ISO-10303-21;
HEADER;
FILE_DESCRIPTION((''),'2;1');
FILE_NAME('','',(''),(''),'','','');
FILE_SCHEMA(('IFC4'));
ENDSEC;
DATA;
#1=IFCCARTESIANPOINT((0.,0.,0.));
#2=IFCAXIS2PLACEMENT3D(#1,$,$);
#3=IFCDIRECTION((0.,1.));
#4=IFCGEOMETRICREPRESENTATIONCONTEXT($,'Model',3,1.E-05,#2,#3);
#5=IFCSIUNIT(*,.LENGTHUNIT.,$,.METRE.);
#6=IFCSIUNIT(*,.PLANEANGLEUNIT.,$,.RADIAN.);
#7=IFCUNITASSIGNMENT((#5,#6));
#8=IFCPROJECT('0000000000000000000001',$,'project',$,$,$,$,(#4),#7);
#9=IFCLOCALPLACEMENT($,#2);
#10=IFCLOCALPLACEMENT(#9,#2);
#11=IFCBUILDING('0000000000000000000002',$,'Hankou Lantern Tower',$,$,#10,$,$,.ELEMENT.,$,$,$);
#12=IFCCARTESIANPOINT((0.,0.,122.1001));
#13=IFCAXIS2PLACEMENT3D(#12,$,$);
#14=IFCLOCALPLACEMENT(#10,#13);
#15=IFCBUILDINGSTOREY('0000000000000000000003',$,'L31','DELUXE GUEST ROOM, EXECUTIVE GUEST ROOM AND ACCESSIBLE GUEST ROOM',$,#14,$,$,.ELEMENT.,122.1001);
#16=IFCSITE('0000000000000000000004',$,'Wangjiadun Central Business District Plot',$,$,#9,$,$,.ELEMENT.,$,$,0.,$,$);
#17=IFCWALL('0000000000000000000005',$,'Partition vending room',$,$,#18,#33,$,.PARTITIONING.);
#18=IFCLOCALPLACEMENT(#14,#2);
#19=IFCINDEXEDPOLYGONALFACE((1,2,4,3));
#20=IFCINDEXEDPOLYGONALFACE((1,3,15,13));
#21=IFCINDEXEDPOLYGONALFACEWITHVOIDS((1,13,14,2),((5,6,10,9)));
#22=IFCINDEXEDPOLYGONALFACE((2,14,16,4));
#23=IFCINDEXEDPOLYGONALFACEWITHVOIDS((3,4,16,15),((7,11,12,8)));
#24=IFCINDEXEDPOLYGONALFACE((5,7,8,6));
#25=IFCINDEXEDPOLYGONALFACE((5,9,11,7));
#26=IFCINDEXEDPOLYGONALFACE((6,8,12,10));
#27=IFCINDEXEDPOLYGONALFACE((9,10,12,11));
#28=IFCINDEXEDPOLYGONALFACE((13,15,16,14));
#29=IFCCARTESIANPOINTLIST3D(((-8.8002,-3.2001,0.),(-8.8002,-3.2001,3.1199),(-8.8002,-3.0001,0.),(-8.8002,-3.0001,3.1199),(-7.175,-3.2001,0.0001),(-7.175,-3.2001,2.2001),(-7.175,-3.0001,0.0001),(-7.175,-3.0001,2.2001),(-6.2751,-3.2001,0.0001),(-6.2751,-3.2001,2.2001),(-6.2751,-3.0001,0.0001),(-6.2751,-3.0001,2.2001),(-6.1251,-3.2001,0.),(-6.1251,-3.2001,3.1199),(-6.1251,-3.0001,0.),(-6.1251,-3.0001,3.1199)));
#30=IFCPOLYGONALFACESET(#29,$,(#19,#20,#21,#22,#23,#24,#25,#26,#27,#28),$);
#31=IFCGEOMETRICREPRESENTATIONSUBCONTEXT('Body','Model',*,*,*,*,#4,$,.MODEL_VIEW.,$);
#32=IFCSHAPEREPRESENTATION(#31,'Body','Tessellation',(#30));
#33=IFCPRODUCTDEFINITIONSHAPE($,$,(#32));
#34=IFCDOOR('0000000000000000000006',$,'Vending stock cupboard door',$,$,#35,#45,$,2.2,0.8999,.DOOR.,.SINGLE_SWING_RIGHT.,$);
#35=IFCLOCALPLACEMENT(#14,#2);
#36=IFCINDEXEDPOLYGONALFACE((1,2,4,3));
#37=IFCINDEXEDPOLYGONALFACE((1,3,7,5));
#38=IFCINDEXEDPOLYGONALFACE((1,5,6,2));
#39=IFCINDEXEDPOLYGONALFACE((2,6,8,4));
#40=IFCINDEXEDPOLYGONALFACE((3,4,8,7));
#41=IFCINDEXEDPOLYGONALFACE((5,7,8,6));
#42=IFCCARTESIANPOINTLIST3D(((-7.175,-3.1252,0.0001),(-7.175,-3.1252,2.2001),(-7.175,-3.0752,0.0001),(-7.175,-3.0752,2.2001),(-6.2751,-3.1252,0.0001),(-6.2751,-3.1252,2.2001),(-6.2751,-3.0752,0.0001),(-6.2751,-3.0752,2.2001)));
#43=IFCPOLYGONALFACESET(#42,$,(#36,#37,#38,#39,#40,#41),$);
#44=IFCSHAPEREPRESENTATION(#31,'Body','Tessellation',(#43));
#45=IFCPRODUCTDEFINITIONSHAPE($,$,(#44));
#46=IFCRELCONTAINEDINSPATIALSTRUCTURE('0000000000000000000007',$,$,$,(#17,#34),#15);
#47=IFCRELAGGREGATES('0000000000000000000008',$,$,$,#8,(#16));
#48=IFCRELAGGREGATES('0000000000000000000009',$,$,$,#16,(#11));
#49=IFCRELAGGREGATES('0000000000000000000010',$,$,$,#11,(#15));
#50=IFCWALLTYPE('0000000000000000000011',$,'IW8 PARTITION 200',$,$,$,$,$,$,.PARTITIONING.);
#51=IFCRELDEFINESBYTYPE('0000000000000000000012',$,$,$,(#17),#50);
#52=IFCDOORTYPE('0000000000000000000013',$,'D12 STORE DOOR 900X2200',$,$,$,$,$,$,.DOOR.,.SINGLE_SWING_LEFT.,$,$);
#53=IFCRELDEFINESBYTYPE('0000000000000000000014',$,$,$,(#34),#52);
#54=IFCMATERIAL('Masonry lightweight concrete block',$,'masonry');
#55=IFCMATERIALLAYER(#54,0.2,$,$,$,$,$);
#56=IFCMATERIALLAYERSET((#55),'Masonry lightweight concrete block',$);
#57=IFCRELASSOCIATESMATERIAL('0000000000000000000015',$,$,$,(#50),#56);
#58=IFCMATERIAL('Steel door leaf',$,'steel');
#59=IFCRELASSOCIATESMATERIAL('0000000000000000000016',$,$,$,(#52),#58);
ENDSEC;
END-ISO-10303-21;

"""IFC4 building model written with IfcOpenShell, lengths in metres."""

from ifc_helpers import new_model, si_unit, direction, frame, frame_2d, origin, place, context, subcontext, project, spatial, rectangle, extrude, material, layer, layer_set, type_object, element, fill, save


model = new_model("IFC4")

# Units and contexts
model_context = context("Model", 3, precision=1e-05, world=origin(), true_north=direction((0.0, 1.0)))
body_context = subcontext(model_context, "Body", "Model", "MODEL_VIEW")
ifc_project = project(units=[si_unit("LENGTHUNIT", "METRE"), si_unit("PLANEANGLEUNIT", "RADIAN")], contexts=[model_context])

# Site, building, storey
site_placement = place(None, origin())
site = spatial("IfcSite", under=ifc_project, at=site_placement, Name="Wangjiadun Central Business District Plot", CompositionType="ELEMENT", RefElevation=0.0)
building_placement = place(site_placement, origin())
building = spatial("IfcBuilding", under=site, at=building_placement, Name="Hankou Lantern Tower", CompositionType="ELEMENT")
storey_placement = place(building_placement, frame((0.0, 0.0, 122.1001)))
storey = spatial("IfcBuildingStorey", under=building, at=storey_placement, Name="L31", Description="DELUXE GUEST ROOM, EXECUTIVE GUEST ROOM AND ACCESSIBLE GUEST ROOM", CompositionType="ELEMENT", Elevation=122.1001)

# Wall, opening, door
ifc_material_1 = material(Name="Masonry lightweight concrete block", Category="masonry")
ifc_layer_1 = layer(ifc_material_1, 0.2)
ifc_layer_set_1 = layer_set([ifc_layer_1], Name="Masonry lightweight concrete block")
wall_type_1 = type_object("IfcWallType", Name="IW8 PARTITION 200", PredefinedType="PARTITIONING", material=ifc_layer_set_1)
wall_1_placement = place(storey_placement, frame((-8.8, -3.1001, 0.0), z_axis=(0.0, 0.0, 1.0), x_axis=(1.0, 0.0, 0.0)))
wall_1 = element("IfcWall", 1, at=wall_1_placement, inside=storey, type_object=wall_type_1, Name="Partition vending room", PredefinedType="PARTITIONING", context=body_context, shape_type="SweptSolid", body=[
    extrude(rectangle(XDim=2.675, YDim=0.2, at=frame_2d((1.3374, 0.0))), origin(), (0.0, 0.0, 1.0), 3.1199),
])
opening_1_placement = place(wall_1_placement, frame((1.625, 0.0, 0.0)))
opening_1 = element("IfcOpeningElement", 2, at=opening_1_placement, cuts=wall_1, PredefinedType="OPENING", context=body_context, shape_type="SweptSolid", body=[
    extrude(rectangle(XDim=0.8999, YDim=2.2, at=frame_2d((0.45, 1.1001))), frame((0.0, 0.1099, 0.0), z_axis=(0.0, -1.0, 0.0), x_axis=(1.0, 0.0, 0.0)), (0.0, 0.0, 1.0), 0.22),
])
ifc_material_2 = material(Name="Steel door leaf", Category="steel")
door_type_1 = type_object("IfcDoorType", Name="D12 STORE DOOR 900X2200", OperationType="SINGLE_SWING_LEFT", PredefinedType="DOOR", material=ifc_material_2)
door_1_placement = place(opening_1_placement, origin())
door_1 = element("IfcDoor", 3, at=door_1_placement, inside=storey, type_object=door_type_1, Name="Vending stock cupboard door", OperationType="SINGLE_SWING_RIGHT", OverallHeight=2.2, OverallWidth=0.8999, PredefinedType="DOOR", context=body_context, shape_type="SweptSolid", body=[
    extrude(rectangle(XDim=0.8999, YDim=2.2, at=frame_2d((0.45, 1.1001))), frame((0.0, 0.0249, 0.0), z_axis=(0.0, -1.0, 0.0), x_axis=(1.0, 0.0, 0.0)), (0.0, 0.0, 1.0), 0.05),
])
fill(opening_1, door_1)

save(model, "model.ifc")
